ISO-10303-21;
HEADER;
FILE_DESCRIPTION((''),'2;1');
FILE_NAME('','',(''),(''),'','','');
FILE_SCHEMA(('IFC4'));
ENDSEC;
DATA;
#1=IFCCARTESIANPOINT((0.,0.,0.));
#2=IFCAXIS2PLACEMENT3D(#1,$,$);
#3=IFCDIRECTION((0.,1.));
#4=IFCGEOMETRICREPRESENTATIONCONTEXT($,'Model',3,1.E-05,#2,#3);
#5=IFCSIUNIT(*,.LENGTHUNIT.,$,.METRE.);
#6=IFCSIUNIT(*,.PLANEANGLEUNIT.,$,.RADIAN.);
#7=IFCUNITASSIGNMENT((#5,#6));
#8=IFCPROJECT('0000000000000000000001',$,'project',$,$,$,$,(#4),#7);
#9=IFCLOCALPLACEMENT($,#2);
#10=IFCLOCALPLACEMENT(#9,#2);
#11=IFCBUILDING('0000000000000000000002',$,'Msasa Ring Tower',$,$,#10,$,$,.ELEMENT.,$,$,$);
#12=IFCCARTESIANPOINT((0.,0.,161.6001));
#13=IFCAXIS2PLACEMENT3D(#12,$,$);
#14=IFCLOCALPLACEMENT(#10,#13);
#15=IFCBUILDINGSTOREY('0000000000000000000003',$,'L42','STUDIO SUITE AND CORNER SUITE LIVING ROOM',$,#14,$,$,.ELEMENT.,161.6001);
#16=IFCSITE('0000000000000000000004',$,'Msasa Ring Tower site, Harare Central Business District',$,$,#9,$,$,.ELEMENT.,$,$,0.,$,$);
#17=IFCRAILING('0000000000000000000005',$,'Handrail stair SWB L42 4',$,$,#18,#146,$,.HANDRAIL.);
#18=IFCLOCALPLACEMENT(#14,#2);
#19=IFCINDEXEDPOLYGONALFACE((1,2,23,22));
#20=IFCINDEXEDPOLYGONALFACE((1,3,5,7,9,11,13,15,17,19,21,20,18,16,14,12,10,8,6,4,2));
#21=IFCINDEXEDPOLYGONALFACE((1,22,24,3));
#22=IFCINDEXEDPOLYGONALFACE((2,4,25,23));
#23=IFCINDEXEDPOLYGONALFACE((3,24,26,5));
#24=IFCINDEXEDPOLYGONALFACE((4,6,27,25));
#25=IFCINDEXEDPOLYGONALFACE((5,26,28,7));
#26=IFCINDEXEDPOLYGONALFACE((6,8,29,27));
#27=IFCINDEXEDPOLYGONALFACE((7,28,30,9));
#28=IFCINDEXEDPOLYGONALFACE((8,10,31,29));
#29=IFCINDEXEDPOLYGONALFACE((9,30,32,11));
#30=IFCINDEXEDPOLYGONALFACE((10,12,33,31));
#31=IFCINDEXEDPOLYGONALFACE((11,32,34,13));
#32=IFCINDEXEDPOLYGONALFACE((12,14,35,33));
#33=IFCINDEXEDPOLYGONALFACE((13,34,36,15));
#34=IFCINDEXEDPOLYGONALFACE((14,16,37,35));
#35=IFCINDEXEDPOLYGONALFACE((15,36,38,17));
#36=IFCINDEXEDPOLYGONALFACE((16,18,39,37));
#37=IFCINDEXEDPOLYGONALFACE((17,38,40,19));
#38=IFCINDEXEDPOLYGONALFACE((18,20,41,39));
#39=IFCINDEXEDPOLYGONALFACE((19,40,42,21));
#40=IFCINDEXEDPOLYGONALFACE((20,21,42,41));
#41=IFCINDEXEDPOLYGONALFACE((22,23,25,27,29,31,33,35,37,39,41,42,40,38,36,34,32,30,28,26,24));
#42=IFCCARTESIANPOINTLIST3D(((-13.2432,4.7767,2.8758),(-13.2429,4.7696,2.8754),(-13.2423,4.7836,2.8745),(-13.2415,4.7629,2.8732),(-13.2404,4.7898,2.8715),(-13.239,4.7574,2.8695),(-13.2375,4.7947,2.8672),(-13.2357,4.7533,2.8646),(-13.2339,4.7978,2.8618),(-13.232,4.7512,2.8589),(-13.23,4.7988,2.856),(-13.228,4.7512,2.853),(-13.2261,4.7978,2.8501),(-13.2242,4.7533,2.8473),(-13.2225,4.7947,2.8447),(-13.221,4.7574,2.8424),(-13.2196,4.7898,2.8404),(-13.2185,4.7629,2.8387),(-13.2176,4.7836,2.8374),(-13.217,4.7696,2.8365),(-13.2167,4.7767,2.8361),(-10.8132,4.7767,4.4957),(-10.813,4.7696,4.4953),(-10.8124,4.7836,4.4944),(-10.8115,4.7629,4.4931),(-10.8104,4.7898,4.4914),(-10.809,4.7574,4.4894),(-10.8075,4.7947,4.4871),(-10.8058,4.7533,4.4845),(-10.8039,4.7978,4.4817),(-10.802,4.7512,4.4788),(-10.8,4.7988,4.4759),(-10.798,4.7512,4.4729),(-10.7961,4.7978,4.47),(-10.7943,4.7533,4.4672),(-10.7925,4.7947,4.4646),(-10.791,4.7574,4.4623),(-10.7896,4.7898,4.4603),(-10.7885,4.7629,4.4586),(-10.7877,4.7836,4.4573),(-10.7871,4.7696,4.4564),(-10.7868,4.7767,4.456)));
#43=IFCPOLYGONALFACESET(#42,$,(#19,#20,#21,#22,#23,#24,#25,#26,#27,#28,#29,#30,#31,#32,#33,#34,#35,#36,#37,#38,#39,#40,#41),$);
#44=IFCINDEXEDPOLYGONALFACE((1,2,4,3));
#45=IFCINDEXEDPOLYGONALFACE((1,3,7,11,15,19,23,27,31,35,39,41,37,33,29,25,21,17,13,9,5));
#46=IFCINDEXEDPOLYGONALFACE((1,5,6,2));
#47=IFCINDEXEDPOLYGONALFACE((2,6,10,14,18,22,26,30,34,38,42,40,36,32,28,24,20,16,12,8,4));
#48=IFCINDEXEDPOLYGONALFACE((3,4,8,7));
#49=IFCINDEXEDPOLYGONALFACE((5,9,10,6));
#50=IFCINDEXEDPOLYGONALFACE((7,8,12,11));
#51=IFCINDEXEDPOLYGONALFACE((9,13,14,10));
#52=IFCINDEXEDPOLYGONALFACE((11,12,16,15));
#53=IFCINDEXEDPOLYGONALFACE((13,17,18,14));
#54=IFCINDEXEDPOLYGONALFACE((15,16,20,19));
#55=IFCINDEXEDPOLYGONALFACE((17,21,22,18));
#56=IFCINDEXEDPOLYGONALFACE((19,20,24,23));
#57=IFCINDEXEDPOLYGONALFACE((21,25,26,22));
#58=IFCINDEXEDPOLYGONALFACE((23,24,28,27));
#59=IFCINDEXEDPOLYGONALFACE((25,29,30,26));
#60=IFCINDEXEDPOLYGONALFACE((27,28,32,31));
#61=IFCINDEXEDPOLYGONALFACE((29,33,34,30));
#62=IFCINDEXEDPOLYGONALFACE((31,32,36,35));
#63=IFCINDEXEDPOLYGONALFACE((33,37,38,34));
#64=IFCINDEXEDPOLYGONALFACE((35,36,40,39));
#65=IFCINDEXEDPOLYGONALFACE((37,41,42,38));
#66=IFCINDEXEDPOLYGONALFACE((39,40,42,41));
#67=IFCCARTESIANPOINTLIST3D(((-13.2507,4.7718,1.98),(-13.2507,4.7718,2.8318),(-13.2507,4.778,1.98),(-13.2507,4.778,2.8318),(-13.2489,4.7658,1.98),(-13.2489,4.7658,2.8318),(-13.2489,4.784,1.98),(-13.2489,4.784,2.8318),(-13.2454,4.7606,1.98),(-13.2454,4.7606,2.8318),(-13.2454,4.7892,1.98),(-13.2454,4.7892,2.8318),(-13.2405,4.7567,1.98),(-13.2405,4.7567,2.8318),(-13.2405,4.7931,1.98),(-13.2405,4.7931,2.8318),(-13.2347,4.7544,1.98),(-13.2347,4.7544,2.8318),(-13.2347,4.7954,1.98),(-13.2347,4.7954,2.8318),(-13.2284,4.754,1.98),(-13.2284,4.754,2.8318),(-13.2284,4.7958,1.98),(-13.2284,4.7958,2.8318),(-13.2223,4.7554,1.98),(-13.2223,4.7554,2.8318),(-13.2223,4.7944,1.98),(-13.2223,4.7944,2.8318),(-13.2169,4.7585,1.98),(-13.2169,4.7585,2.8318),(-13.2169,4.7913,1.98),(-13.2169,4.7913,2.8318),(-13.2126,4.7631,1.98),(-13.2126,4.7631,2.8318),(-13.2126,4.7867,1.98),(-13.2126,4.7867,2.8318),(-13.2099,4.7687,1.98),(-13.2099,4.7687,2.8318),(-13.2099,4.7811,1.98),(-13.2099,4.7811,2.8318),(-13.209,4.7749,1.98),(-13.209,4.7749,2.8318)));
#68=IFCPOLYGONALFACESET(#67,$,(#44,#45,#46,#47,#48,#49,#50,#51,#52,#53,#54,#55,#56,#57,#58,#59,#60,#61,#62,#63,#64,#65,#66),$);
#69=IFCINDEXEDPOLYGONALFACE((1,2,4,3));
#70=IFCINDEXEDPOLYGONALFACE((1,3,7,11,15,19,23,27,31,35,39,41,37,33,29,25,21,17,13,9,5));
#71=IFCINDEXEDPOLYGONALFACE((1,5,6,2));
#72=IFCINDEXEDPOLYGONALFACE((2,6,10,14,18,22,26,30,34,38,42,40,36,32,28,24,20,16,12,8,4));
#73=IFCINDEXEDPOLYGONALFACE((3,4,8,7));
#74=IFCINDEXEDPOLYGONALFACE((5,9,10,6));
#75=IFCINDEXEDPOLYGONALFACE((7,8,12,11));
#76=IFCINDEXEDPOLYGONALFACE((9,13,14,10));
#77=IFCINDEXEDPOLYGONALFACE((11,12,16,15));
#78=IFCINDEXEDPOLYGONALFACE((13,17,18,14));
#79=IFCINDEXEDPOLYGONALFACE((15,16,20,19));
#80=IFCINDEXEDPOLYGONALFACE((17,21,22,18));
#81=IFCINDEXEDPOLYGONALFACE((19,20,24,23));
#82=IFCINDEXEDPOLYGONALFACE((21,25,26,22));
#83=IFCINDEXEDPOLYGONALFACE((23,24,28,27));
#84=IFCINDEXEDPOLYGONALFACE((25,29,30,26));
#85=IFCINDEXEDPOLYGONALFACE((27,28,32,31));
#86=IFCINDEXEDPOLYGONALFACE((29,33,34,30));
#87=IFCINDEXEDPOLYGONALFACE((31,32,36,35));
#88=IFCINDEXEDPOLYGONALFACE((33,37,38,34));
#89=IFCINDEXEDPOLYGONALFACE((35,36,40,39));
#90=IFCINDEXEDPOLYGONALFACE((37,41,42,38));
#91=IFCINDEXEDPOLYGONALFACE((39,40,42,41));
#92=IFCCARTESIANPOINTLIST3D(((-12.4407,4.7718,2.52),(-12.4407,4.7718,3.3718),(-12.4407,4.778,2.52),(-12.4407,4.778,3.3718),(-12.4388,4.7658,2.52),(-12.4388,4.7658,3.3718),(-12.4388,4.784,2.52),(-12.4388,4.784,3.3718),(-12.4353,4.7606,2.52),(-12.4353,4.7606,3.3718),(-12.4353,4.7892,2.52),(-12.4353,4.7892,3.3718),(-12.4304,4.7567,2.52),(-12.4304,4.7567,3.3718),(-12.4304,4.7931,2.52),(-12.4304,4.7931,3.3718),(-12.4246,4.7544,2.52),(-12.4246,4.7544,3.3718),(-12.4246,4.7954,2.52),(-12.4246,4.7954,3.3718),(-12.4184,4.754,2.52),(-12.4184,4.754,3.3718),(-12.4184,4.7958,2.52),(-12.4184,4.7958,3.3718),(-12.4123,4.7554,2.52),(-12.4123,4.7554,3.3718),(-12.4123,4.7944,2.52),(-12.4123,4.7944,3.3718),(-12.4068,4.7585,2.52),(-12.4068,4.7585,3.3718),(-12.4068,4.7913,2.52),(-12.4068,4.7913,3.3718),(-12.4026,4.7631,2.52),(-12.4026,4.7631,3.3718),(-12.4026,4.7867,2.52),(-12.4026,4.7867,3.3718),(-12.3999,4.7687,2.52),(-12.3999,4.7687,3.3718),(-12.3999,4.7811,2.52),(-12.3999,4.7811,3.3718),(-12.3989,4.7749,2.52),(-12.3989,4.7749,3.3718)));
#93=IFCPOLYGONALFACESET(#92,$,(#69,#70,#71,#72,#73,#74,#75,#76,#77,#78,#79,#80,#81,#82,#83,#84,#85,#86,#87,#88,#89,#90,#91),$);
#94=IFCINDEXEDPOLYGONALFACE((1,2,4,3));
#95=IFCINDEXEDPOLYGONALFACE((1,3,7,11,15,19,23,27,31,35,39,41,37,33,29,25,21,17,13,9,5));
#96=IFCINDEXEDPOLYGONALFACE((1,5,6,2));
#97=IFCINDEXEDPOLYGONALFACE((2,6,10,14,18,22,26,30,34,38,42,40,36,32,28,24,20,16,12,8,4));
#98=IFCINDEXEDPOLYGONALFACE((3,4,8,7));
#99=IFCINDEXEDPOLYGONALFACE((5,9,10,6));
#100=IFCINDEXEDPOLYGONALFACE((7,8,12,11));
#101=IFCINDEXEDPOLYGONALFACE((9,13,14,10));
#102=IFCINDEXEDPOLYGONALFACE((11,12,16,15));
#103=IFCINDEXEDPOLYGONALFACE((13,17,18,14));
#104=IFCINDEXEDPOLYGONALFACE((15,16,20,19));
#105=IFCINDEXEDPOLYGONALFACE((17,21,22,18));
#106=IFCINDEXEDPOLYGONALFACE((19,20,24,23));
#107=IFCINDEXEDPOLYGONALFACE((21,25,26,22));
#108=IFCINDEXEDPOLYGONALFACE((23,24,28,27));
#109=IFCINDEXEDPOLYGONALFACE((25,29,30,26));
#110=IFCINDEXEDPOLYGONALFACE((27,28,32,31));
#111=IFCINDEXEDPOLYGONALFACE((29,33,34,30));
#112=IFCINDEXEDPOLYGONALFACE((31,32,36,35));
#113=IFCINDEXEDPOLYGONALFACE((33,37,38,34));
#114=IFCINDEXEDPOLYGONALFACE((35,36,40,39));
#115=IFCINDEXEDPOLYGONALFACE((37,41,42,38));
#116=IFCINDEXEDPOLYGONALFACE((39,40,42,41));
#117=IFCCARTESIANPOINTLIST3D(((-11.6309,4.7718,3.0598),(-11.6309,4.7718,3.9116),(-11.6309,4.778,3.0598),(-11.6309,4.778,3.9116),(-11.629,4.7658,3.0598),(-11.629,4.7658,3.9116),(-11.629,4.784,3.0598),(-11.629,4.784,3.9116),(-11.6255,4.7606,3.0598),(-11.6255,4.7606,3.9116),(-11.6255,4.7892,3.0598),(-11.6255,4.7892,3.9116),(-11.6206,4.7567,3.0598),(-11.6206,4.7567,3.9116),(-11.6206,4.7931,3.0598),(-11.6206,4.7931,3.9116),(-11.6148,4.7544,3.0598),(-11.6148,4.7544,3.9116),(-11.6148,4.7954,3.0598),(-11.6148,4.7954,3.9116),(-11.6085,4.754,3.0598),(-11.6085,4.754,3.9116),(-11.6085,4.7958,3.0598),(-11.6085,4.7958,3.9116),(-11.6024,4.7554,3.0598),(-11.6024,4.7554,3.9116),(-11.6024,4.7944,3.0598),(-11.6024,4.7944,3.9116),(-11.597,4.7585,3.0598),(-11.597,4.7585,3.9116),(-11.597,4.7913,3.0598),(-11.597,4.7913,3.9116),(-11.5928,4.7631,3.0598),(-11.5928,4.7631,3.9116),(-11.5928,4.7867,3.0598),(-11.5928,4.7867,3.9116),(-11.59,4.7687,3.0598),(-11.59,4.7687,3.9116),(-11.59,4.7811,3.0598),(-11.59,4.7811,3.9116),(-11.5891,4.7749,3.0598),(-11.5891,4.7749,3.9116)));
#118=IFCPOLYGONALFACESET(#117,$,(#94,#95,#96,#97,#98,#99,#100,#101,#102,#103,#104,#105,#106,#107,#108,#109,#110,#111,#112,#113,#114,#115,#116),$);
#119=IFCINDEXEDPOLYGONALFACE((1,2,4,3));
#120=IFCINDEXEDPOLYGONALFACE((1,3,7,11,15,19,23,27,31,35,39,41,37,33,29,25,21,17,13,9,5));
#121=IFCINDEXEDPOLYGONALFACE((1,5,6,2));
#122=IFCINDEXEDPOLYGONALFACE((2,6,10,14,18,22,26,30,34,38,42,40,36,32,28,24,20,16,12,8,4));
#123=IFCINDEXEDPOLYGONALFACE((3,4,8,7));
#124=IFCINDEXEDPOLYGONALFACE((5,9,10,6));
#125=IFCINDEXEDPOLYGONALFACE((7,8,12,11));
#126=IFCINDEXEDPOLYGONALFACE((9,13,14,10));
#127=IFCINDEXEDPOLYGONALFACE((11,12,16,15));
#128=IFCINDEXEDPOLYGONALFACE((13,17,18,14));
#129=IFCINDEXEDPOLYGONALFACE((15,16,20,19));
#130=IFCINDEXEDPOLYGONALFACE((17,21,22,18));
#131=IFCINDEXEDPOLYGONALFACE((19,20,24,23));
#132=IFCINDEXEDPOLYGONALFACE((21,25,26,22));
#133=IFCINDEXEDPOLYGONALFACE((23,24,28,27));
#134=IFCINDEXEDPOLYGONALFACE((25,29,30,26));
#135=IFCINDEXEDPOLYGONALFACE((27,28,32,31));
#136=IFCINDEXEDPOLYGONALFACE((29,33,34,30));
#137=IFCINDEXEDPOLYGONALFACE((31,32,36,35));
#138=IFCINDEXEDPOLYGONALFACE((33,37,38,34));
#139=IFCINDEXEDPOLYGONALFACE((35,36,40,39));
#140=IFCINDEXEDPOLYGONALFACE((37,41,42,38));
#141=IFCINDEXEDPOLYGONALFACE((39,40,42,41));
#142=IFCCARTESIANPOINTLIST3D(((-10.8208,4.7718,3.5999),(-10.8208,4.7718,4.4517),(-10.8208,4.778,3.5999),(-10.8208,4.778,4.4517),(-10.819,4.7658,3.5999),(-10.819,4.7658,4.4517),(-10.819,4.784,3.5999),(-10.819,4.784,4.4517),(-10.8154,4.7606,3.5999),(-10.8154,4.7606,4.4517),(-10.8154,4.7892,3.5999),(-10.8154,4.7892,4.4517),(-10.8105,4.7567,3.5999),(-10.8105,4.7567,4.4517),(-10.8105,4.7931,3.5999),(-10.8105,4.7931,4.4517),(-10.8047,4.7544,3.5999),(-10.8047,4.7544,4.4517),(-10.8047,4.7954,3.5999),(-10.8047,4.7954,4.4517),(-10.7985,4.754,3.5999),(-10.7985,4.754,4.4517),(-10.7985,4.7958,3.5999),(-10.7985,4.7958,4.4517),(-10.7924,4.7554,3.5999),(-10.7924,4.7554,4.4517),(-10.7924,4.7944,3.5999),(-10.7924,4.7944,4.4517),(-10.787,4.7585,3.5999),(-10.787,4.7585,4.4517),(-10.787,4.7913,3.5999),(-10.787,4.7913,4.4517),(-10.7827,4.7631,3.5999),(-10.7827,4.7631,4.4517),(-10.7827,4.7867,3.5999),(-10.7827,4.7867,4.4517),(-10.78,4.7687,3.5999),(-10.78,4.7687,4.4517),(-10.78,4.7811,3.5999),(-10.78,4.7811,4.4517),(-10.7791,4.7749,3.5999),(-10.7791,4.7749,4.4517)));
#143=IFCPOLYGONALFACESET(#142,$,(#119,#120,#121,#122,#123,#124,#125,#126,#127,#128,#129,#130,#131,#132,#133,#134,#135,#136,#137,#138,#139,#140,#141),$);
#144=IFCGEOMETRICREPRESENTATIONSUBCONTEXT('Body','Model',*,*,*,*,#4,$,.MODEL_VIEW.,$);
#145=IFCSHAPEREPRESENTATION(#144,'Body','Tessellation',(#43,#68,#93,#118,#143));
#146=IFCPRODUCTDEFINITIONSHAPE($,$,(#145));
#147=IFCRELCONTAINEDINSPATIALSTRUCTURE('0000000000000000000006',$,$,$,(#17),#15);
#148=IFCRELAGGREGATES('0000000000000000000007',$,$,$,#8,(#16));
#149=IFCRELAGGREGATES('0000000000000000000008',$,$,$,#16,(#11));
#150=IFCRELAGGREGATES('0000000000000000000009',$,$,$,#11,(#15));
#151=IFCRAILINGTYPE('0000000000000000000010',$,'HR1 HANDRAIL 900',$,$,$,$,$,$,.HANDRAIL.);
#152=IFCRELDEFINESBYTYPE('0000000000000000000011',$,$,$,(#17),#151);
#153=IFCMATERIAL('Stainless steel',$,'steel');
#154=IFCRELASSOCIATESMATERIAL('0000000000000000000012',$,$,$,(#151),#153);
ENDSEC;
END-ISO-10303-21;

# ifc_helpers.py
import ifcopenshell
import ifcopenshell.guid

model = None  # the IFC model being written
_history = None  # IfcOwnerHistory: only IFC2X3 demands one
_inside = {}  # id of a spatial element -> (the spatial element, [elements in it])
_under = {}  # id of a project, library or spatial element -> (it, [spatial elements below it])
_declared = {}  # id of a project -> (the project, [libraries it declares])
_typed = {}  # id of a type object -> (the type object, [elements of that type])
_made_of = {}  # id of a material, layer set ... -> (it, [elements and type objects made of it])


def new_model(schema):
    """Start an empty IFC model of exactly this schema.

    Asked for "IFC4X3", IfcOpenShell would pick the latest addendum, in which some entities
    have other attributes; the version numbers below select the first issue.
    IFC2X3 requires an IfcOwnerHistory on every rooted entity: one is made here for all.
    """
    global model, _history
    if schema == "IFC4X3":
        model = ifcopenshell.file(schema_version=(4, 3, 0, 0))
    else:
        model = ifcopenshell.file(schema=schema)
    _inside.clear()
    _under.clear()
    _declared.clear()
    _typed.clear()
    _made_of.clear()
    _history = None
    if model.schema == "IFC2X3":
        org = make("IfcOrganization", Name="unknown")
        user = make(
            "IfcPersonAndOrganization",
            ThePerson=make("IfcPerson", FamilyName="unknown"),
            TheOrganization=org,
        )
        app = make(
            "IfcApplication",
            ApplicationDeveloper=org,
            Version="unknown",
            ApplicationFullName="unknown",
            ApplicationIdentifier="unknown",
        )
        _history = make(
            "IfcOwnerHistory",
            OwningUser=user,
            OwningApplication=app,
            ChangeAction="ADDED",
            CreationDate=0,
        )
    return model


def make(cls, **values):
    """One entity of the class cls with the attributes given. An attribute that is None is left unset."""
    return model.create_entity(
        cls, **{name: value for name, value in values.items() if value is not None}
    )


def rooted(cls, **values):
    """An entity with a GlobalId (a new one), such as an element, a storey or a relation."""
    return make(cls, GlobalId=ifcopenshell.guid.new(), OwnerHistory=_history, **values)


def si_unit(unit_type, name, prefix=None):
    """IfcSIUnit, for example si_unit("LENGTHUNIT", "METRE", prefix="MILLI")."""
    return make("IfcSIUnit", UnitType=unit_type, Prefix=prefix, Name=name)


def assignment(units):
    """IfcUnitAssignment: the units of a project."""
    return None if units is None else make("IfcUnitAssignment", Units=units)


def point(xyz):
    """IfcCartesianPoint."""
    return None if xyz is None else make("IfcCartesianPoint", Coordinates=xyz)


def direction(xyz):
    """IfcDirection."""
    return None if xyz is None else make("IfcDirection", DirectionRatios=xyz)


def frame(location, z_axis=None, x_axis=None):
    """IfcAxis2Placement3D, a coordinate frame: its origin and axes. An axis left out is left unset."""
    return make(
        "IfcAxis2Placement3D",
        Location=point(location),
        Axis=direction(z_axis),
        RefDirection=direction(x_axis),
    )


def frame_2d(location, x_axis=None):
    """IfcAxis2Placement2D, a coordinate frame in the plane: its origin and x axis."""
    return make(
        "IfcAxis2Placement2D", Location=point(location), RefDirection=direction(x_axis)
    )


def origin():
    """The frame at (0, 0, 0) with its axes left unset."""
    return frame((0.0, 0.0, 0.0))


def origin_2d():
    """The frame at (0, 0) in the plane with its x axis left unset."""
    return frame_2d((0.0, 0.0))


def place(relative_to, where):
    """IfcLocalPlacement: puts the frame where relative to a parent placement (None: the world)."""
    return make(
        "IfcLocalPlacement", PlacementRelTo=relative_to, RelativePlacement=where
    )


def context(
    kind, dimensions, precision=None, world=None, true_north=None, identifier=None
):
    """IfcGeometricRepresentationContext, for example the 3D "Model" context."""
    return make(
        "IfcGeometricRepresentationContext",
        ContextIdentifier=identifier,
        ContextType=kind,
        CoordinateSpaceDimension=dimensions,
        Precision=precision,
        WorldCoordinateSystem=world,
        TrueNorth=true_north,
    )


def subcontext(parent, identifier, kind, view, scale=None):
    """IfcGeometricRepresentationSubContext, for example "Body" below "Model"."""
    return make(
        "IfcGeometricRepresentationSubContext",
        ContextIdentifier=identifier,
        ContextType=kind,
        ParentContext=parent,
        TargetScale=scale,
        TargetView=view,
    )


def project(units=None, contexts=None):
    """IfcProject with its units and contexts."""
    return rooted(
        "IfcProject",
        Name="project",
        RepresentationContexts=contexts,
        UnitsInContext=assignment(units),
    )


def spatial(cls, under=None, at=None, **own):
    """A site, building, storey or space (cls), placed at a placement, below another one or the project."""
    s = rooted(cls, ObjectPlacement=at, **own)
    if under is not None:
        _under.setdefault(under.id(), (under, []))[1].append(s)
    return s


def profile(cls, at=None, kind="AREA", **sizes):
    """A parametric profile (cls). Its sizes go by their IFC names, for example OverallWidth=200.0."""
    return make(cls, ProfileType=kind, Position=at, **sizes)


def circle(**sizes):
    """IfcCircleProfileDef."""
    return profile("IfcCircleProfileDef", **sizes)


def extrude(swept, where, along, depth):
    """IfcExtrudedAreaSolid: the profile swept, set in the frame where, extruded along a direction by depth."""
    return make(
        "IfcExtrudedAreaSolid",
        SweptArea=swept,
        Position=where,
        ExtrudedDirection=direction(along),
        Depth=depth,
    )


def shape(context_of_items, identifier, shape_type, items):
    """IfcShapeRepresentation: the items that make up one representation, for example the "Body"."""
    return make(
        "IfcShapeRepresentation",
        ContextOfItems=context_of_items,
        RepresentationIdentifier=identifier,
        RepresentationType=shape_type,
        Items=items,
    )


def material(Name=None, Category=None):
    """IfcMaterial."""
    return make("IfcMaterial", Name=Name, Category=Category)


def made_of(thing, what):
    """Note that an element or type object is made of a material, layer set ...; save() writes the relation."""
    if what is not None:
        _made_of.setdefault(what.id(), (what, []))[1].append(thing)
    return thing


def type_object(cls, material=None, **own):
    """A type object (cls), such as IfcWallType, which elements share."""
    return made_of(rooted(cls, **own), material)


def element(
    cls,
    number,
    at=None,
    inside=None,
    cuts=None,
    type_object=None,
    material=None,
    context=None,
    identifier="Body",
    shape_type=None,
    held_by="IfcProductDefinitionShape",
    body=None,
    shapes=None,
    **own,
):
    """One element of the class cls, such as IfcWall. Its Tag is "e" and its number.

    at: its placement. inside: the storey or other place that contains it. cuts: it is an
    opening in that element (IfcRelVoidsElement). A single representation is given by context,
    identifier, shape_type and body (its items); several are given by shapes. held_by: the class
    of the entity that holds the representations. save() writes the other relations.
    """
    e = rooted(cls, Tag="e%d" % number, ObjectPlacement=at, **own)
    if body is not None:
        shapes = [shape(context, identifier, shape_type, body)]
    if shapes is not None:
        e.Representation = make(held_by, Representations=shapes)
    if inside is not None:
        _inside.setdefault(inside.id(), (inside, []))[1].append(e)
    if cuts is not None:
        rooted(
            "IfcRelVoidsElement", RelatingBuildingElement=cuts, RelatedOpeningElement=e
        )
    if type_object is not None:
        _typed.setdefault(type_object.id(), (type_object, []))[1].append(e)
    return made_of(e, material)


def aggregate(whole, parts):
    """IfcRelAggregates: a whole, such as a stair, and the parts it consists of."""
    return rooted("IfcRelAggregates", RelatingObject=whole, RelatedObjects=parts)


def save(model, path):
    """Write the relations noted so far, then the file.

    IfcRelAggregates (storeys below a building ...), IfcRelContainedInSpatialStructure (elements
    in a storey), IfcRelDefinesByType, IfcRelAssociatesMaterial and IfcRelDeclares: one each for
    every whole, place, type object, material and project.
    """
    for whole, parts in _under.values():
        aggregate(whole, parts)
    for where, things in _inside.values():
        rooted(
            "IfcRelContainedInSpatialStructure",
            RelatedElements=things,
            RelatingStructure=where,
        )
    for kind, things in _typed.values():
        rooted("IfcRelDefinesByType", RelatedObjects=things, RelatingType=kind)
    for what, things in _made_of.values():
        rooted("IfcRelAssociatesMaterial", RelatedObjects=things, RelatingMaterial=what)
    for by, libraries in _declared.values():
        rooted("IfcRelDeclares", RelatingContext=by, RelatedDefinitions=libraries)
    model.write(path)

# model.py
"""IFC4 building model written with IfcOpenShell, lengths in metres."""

from ifc_helpers import new_model, si_unit, direction, frame, origin, origin_2d, place, context, subcontext, project, spatial, circle, extrude, material, type_object, element, save


model = new_model("IFC4")

# Units and contexts
model_context = context("Model", 3, precision=1e-05, world=origin(), true_north=direction((0.0, 1.0)))
body_context = subcontext(model_context, "Body", "Model", "MODEL_VIEW")
ifc_project = project(units=[si_unit("LENGTHUNIT", "METRE"), si_unit("PLANEANGLEUNIT", "RADIAN")], contexts=[model_context])

# Site, building, storey
site_placement = place(None, origin())
site = spatial("IfcSite", under=ifc_project, at=site_placement, Name="Msasa Ring Tower site, Harare Central Business District", CompositionType="ELEMENT", RefElevation=0.0)
building_placement = place(site_placement, origin())
building = spatial("IfcBuilding", under=site, at=building_placement, Name="Msasa Ring Tower", CompositionType="ELEMENT")
storey_placement = place(building_placement, frame((0.0, 0.0, 161.6001)))
storey = spatial("IfcBuildingStorey", under=building, at=storey_placement, Name="L42", Description="STUDIO SUITE AND CORNER SUITE LIVING ROOM", CompositionType="ELEMENT", Elevation=161.6001)

# Railing
ifc_material_1 = material(Name="Stainless steel", Category="steel")
railing_type = type_object("IfcRailingType", Name="HR1 HANDRAIL 900", PredefinedType="HANDRAIL", material=ifc_material_1)
for number, where, name in (
    (1, (-13.23, 4.7749, 1.98), "Handrail stair SWB L42 4"),
):
    element("IfcRailing", number, at=place(storey_placement, frame(where)), inside=storey, type_object=railing_type, Name=name, PredefinedType="HANDRAIL", context=body_context, shape_type="SweptSolid", body=[
        extrude(circle(Radius=0.0239, at=origin_2d()), frame((0.0, 0.0, 0.876), z_axis=(0.832063, 0.0, 0.554681), x_axis=(0.0, 1.0, 0.0)), (0.0, 0.0, 1.0), 2.9204),
        extrude(circle(Radius=0.021, at=origin_2d()), origin(), (0.0, 0.0, 1.0), 0.8518),
        extrude(circle(Radius=0.021, at=origin_2d()), frame((0.8101, 0.0, 0.54)), (0.0, 0.0, 1.0), 0.8518),
        extrude(circle(Radius=0.021, at=origin_2d()), frame((1.6199, 0.0, 1.0798)), (0.0, 0.0, 1.0), 0.8518),
        extrude(circle(Radius=0.021, at=origin_2d()), frame((2.4299, 0.0, 1.6199)), (0.0, 0.0, 1.0), 0.8518),
    ])

save(model, "model.ifc")
